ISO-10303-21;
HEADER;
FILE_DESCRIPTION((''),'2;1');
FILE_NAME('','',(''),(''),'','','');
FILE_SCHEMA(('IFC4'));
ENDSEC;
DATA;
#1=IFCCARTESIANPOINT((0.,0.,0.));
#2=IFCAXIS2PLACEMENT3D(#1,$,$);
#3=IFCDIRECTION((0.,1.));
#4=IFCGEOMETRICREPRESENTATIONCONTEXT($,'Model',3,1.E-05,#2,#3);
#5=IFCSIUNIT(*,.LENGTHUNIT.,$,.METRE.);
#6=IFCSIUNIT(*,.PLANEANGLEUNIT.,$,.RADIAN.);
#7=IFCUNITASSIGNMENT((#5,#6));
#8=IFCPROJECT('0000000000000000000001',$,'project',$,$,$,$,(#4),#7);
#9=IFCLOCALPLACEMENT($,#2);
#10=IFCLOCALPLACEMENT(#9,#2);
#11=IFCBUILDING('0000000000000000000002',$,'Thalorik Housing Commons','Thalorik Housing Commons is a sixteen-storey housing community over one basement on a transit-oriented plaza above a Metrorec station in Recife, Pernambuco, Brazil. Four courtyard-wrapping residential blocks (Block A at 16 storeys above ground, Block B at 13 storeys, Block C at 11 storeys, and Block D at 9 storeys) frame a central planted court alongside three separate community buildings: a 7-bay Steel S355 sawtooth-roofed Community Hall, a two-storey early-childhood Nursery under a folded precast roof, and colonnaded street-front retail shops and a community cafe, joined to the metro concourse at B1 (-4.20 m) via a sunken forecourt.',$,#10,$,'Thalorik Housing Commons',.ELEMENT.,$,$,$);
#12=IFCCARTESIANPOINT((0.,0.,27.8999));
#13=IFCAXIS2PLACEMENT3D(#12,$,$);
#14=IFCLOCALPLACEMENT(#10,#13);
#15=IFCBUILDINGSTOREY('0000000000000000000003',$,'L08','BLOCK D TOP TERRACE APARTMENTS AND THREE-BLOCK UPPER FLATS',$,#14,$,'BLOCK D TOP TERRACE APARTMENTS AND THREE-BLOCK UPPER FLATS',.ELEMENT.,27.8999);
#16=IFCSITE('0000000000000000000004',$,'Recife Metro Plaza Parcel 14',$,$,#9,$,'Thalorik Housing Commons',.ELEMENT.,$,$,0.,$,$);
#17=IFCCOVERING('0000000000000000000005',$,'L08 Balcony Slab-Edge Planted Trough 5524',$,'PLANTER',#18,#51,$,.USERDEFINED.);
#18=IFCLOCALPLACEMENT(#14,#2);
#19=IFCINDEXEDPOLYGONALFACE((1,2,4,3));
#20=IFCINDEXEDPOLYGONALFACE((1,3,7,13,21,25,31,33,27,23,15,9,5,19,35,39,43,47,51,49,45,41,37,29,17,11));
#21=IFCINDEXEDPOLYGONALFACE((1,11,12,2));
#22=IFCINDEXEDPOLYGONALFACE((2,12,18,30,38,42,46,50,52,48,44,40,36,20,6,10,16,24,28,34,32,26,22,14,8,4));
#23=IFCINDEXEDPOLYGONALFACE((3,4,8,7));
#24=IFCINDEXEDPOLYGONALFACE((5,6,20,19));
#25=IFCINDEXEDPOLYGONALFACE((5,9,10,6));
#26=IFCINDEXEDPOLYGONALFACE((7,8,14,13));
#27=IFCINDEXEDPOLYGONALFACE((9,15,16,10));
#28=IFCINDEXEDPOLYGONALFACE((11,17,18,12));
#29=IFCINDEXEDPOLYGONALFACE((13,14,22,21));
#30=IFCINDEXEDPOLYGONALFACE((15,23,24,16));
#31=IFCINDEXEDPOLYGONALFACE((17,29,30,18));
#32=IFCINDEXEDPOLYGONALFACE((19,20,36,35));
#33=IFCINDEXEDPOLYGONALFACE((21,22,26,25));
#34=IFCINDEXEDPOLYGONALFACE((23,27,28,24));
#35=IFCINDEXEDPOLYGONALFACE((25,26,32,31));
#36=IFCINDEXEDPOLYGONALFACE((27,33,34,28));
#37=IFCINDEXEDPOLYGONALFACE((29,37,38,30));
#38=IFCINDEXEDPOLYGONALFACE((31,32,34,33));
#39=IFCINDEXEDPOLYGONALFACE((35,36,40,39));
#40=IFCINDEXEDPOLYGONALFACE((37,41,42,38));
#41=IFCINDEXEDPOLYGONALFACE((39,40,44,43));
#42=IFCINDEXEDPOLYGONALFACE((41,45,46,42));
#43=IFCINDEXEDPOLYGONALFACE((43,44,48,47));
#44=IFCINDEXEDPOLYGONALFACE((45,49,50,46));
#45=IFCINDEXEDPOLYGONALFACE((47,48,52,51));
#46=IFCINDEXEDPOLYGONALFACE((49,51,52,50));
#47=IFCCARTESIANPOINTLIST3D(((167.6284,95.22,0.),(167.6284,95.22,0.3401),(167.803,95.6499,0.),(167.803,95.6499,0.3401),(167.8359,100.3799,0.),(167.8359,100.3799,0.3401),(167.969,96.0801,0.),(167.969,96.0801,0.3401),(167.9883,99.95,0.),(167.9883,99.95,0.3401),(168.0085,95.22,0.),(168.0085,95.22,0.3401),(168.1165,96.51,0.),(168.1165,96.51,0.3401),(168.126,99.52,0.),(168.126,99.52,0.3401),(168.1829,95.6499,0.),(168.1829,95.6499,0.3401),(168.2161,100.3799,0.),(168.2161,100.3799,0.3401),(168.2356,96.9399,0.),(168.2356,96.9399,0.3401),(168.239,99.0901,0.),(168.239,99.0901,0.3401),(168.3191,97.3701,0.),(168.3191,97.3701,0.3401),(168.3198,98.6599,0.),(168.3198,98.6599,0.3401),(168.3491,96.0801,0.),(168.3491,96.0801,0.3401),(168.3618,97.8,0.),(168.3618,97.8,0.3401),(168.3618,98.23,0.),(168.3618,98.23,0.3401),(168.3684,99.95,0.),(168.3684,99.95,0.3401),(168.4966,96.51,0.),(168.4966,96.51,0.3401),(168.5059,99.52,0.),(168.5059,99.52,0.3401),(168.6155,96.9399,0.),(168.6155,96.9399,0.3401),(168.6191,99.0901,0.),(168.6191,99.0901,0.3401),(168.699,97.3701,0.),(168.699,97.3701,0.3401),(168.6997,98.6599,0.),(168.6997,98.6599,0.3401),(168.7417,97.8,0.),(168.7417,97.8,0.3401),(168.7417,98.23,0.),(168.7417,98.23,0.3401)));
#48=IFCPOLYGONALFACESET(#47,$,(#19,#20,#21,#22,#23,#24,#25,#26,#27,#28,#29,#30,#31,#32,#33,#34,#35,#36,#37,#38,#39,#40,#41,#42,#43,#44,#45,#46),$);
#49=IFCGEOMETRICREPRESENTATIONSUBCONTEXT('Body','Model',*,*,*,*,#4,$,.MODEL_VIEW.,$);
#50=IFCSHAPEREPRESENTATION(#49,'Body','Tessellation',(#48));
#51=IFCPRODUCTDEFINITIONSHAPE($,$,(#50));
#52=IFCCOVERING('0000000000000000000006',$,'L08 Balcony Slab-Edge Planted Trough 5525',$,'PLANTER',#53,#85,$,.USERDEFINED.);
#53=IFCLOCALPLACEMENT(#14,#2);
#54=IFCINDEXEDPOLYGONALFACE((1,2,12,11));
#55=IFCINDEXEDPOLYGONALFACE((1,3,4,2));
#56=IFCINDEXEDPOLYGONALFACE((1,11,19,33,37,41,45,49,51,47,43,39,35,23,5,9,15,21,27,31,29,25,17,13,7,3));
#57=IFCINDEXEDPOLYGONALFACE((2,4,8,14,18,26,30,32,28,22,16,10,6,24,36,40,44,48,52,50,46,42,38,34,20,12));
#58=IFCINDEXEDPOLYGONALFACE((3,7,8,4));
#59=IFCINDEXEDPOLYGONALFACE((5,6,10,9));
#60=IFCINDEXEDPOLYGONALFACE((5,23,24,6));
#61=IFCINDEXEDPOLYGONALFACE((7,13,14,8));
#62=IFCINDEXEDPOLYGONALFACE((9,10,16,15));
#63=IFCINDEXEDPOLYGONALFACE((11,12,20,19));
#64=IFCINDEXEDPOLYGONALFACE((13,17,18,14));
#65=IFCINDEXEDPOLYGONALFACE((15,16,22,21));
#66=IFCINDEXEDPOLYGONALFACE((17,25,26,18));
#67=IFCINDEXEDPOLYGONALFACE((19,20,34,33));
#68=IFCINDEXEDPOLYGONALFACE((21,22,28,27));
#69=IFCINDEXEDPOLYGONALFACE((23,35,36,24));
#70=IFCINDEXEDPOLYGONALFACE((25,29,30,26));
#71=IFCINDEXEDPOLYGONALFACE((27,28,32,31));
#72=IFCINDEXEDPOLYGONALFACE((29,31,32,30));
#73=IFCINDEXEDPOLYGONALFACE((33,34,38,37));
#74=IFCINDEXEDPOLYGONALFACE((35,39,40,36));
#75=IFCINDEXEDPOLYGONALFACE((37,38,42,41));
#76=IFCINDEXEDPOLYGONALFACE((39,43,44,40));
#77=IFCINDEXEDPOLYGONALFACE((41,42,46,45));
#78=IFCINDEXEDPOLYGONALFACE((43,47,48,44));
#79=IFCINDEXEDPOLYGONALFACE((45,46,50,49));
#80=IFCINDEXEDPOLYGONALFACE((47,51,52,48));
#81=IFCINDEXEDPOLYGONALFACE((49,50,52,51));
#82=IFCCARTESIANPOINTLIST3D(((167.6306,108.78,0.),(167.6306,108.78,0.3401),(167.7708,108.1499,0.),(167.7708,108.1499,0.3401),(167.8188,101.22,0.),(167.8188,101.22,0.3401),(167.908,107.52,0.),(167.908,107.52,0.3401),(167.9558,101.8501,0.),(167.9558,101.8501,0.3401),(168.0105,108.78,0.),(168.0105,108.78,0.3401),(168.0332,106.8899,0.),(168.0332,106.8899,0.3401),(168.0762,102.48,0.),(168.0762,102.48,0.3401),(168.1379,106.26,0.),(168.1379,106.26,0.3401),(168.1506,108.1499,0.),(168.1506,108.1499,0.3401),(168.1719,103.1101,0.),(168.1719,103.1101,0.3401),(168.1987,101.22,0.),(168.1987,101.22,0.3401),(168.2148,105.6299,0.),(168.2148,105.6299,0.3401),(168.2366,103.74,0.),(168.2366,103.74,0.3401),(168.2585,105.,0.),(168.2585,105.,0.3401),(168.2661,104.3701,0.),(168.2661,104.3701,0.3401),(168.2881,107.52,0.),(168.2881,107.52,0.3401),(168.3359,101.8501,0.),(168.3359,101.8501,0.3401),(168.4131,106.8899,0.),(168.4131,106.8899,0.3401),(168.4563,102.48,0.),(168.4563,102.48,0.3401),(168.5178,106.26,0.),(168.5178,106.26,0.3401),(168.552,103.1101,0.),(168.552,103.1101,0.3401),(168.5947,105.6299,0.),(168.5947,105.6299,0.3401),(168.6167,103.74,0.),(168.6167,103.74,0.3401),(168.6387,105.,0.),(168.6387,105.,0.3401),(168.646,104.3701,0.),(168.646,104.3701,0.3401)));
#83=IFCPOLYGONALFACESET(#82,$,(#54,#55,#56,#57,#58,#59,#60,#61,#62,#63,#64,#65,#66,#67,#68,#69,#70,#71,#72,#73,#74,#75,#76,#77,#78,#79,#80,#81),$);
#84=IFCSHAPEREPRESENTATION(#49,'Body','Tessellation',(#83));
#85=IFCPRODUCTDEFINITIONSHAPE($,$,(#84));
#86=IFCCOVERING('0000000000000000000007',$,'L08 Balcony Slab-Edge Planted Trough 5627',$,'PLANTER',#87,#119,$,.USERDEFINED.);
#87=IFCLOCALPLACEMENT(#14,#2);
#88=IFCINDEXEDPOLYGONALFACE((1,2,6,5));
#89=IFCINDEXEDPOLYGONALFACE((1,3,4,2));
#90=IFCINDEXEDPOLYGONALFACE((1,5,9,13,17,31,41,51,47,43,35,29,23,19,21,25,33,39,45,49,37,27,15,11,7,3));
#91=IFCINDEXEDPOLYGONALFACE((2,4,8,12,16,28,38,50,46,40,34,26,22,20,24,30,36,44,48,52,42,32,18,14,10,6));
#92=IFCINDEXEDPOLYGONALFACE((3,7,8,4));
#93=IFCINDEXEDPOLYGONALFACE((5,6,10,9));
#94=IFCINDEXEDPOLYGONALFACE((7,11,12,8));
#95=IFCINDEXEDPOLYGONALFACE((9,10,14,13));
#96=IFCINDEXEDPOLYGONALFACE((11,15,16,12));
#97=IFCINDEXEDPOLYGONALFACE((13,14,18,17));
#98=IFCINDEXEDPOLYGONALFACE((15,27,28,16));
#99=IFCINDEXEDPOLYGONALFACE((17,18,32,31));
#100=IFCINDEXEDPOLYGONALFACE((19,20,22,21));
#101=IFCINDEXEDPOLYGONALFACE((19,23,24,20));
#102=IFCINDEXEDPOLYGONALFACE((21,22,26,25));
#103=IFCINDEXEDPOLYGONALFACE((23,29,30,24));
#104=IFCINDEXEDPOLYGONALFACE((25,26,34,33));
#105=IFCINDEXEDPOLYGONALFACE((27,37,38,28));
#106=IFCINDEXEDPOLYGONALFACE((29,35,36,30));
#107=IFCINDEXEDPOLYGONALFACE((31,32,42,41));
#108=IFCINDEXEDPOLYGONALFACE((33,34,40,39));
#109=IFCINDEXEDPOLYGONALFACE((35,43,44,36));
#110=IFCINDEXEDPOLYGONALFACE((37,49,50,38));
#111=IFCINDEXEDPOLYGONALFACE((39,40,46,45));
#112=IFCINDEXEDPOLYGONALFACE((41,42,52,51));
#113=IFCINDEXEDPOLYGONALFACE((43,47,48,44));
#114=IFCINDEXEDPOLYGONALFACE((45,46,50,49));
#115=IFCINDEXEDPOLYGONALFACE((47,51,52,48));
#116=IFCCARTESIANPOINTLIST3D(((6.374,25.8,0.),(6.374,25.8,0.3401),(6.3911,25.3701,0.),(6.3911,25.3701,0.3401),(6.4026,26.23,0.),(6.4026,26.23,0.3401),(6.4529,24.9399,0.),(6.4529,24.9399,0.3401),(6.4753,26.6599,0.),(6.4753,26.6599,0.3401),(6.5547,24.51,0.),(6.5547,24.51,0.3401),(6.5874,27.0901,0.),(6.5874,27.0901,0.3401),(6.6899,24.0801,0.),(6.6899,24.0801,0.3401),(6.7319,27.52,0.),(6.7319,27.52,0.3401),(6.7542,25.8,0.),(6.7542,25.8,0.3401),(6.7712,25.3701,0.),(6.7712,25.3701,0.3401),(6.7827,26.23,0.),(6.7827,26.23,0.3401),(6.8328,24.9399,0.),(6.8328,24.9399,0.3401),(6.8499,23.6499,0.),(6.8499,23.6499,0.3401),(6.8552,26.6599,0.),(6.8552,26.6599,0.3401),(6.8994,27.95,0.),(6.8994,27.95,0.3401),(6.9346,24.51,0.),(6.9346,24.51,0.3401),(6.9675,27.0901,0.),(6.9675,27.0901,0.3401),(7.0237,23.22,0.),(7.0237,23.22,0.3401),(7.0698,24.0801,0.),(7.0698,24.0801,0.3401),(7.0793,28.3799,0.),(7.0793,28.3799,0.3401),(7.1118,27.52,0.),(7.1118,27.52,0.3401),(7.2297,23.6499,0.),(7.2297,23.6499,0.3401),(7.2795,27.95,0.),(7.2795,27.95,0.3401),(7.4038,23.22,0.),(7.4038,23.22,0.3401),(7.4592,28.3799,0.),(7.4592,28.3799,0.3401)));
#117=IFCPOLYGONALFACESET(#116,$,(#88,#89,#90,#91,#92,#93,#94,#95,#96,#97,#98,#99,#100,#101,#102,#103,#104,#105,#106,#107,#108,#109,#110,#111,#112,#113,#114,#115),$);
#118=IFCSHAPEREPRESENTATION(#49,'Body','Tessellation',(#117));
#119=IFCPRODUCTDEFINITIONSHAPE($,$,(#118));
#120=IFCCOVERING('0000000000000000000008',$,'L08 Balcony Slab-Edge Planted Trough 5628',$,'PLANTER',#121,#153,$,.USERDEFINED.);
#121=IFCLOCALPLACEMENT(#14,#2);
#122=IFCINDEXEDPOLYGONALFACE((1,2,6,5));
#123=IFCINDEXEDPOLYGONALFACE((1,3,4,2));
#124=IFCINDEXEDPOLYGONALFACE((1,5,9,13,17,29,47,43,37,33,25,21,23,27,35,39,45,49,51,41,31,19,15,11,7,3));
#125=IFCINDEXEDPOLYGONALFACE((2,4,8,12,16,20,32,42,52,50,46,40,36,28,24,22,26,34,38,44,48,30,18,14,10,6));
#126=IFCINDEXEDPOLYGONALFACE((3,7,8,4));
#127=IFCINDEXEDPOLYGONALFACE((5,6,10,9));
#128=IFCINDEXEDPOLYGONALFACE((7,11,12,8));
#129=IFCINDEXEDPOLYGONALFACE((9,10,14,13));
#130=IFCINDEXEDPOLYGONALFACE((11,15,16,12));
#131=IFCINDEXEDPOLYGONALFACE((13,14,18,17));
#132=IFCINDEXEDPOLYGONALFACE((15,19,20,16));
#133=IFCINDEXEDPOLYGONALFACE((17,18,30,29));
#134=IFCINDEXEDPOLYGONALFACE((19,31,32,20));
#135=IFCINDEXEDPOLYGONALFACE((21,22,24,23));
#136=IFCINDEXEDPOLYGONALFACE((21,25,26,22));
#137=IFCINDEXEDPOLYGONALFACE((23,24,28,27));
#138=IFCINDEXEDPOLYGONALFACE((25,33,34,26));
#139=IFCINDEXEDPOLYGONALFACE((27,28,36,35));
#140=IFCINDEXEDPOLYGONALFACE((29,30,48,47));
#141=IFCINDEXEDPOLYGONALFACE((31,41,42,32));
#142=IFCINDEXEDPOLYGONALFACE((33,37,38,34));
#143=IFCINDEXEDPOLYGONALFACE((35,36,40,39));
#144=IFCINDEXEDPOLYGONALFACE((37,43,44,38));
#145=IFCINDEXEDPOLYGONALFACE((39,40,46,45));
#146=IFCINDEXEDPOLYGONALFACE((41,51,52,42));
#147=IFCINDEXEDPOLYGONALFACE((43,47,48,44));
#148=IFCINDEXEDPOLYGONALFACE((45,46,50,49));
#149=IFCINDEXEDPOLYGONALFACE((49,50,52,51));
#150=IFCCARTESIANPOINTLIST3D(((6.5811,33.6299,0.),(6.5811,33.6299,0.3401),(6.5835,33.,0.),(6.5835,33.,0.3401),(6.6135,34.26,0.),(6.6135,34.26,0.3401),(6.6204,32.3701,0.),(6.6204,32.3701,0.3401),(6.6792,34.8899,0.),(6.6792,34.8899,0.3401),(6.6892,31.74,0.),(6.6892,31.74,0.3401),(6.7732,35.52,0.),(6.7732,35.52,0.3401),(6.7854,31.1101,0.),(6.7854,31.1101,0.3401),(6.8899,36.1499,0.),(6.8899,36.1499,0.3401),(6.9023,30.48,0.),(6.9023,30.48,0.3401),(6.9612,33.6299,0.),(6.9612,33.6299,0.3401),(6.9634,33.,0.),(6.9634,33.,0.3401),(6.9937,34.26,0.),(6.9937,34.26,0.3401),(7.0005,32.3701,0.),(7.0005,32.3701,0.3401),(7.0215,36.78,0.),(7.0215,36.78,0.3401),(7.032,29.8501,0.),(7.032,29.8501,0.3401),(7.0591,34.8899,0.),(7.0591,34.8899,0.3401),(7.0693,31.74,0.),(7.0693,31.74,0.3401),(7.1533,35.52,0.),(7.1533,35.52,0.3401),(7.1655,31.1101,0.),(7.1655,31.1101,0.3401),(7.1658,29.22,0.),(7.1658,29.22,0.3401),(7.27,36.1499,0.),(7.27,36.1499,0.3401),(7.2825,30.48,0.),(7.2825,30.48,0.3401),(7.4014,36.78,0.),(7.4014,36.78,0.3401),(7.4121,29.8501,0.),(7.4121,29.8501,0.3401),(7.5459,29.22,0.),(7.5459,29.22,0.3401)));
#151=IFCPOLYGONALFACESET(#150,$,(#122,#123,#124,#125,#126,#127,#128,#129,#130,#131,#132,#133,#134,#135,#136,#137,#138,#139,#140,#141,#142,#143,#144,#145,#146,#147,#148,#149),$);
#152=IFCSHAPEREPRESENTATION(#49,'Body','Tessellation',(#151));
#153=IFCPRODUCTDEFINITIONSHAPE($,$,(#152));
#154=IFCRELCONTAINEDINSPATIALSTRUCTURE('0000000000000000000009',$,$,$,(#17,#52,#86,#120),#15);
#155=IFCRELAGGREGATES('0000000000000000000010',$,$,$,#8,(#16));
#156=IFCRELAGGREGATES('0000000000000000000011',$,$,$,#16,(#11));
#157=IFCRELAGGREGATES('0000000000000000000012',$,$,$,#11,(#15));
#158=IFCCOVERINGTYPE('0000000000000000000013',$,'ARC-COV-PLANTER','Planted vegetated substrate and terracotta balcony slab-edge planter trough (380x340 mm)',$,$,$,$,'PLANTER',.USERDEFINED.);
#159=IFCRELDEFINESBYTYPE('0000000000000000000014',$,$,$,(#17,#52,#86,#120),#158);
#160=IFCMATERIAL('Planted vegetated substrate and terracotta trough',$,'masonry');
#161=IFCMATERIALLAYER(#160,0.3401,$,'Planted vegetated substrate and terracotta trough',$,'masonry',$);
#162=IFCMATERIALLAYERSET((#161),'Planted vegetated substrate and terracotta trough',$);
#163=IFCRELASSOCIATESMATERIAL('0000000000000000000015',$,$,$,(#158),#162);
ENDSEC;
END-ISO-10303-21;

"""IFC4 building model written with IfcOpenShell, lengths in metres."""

from ifc_helpers import new_model, si_unit, direction, frame, origin, place, context, subcontext, project, spatial, polyline, outline, extrude, material, layer, layer_set, type_object, element, save


model = new_model("IFC4")

# Units and contexts
model_context = context("Model", 3, precision=1e-05, world=origin(), true_north=direction((0.0, 1.0)))
body_context = subcontext(model_context, "Body", "Model", "MODEL_VIEW")
ifc_project = project(units=[si_unit("LENGTHUNIT", "METRE"), si_unit("PLANEANGLEUNIT", "RADIAN")], contexts=[model_context])

# Site, building, storey
site_placement = place(None, origin())
site = spatial("IfcSite", under=ifc_project, at=site_placement, Name="Recife Metro Plaza Parcel 14", LongName="Thalorik Housing Commons", CompositionType="ELEMENT", RefElevation=0.0)
building_placement = place(site_placement, origin())
building = spatial("IfcBuilding", under=site, at=building_placement, Name="Thalorik Housing Commons", Description="Thalorik Housing Commons is a sixteen-storey housing community over one basement on a transit-oriented plaza above a Metrorec station in Recife, Pernambuco, Brazil. Four courtyard-wrapping residential blocks (Block A at 16 storeys above ground, Block B at 13 storeys, Block C at 11 storeys, and Block D at 9 storeys) frame a central planted court alongside three separate community buildings: a 7-bay Steel S355 sawtooth-roofed Community Hall, a two-storey early-childhood Nursery under a folded precast roof, and colonnaded street-front retail shops and a community cafe, joined to the metro concourse at B1 (-4.20 m) via a sunken forecourt.", LongName="Thalorik Housing Commons", CompositionType="ELEMENT")
storey_placement = place(building_placement, frame((0.0, 0.0, 27.8999)))
storey = spatial("IfcBuildingStorey", under=building, at=storey_placement, Name="L08", Description="BLOCK D TOP TERRACE APARTMENTS AND THREE-BLOCK UPPER FLATS", LongName="BLOCK D TOP TERRACE APARTMENTS AND THREE-BLOCK UPPER FLATS", CompositionType="ELEMENT", Elevation=27.8999)

# Coverings
ifc_material = material(Name="Planted vegetated substrate and terracotta trough", Category="masonry")
ifc_layer = layer(ifc_material, 0.3401, Name="Planted vegetated substrate and terracotta trough", Category="masonry")
ifc_layer_set = layer_set([ifc_layer], Name="Planted vegetated substrate and terracotta trough")
covering_type = type_object("IfcCoveringType", Name="ARC-COV-PLANTER", Description="Planted vegetated substrate and terracotta balcony slab-edge planter trough (380x340 mm)", ElementType="PLANTER", PredefinedType="USERDEFINED", material=ifc_layer_set)
covering_1_placement = place(storey_placement, origin())
element("IfcCovering", 1, at=covering_1_placement, inside=storey, type_object=covering_type, Name="L08 Balcony Slab-Edge Planted Trough 5524", ObjectType="PLANTER", PredefinedType="USERDEFINED", context=body_context, shape_type="SweptSolid", body=[
    extrude(outline(polyline([(168.0085, 95.22), (168.1829, 95.6499), (168.3491, 96.0801), (168.4966, 96.51), (168.6155, 96.9399), (168.699, 97.3701), (168.7417, 97.8), (168.7417, 98.23), (168.6997, 98.6599), (168.6191, 99.0901), (168.5059, 99.52), (168.3684, 99.95), (168.2161, 100.3799), (167.8359, 100.3799), (167.9883, 99.95), (168.126, 99.52), (168.239, 99.0901), (168.3198, 98.6599), (168.3618, 98.23), (168.3618, 97.8), (168.3191, 97.3701), (168.2356, 96.9399), (168.1165, 96.51), (167.969, 96.0801), (167.803, 95.6499), (167.6284, 95.22), (168.0085, 95.22)])), origin(), (0.0, 0.0, 1.0), 0.3401),
])
covering_2_placement = place(storey_placement, origin())
element("IfcCovering", 2, at=covering_2_placement, inside=storey, type_object=covering_type, Name="L08 Balcony Slab-Edge Planted Trough 5525", ObjectType="PLANTER", PredefinedType="USERDEFINED", context=body_context, shape_type="SweptSolid", body=[
    extrude(outline(polyline([(168.1987, 101.22), (168.3359, 101.8501), (168.4563, 102.48), (168.552, 103.1101), (168.6167, 103.74), (168.646, 104.3701), (168.6387, 105.0), (168.5947, 105.6299), (168.5178, 106.26), (168.4131, 106.8899), (168.2881, 107.52), (168.1506, 108.1499), (168.0105, 108.78), (167.6306, 108.78), (167.7708, 108.1499), (167.908, 107.52), (168.0332, 106.8899), (168.1379, 106.26), (168.2148, 105.6299), (168.2585, 105.0), (168.2661, 104.3701), (168.2366, 103.74), (168.1719, 103.1101), (168.0762, 102.48), (167.9558, 101.8501), (167.8188, 101.22), (168.1987, 101.22)])), origin(), (0.0, 0.0, 1.0), 0.3401),
])
covering_3_placement = place(storey_placement, origin())
element("IfcCovering", 3, at=covering_3_placement, inside=storey, type_object=covering_type, Name="L08 Balcony Slab-Edge Planted Trough 5627", ObjectType="PLANTER", PredefinedType="USERDEFINED", context=body_context, shape_type="SweptSolid", body=[
    extrude(outline(polyline([(7.0793, 28.3799), (6.8994, 27.95), (6.7319, 27.52), (6.5874, 27.0901), (6.4753, 26.6599), (6.4026, 26.23), (6.374, 25.8), (6.3911, 25.3701), (6.4529, 24.9399), (6.5547, 24.51), (6.6899, 24.0801), (6.8499, 23.6499), (7.0237, 23.22), (7.4038, 23.22), (7.2297, 23.6499), (7.0698, 24.0801), (6.9346, 24.51), (6.8328, 24.9399), (6.7712, 25.3701), (6.7542, 25.8), (6.7827, 26.23), (6.8552, 26.6599), (6.9675, 27.0901), (7.1118, 27.52), (7.2795, 27.95), (7.4592, 28.3799), (7.0793, 28.3799)])), origin(), (0.0, 0.0, 1.0), 0.3401),
])
covering_4_placement = place(storey_placement, origin())
element("IfcCovering", 4, at=covering_4_placement, inside=storey, type_object=covering_type, Name="L08 Balcony Slab-Edge Planted Trough 5628", ObjectType="PLANTER", PredefinedType="USERDEFINED", context=body_context, shape_type="SweptSolid", body=[
    extrude(outline(polyline([(7.0215, 36.78), (6.8899, 36.1499), (6.7732, 35.52), (6.6792, 34.8899), (6.6135, 34.26), (6.5811, 33.6299), (6.5835, 33.0), (6.6204, 32.3701), (6.6892, 31.74), (6.7854, 31.1101), (6.9023, 30.48), (7.032, 29.8501), (7.1658, 29.22), (7.5459, 29.22), (7.4121, 29.8501), (7.2825, 30.48), (7.1655, 31.1101), (7.0693, 31.74), (7.0005, 32.3701), (6.9634, 33.0), (6.9612, 33.6299), (6.9937, 34.26), (7.0591, 34.8899), (7.1533, 35.52), (7.27, 36.1499), (7.4014, 36.78), (7.0215, 36.78)])), origin(), (0.0, 0.0, 1.0), 0.3401),
])

save(model, "model.ifc")
